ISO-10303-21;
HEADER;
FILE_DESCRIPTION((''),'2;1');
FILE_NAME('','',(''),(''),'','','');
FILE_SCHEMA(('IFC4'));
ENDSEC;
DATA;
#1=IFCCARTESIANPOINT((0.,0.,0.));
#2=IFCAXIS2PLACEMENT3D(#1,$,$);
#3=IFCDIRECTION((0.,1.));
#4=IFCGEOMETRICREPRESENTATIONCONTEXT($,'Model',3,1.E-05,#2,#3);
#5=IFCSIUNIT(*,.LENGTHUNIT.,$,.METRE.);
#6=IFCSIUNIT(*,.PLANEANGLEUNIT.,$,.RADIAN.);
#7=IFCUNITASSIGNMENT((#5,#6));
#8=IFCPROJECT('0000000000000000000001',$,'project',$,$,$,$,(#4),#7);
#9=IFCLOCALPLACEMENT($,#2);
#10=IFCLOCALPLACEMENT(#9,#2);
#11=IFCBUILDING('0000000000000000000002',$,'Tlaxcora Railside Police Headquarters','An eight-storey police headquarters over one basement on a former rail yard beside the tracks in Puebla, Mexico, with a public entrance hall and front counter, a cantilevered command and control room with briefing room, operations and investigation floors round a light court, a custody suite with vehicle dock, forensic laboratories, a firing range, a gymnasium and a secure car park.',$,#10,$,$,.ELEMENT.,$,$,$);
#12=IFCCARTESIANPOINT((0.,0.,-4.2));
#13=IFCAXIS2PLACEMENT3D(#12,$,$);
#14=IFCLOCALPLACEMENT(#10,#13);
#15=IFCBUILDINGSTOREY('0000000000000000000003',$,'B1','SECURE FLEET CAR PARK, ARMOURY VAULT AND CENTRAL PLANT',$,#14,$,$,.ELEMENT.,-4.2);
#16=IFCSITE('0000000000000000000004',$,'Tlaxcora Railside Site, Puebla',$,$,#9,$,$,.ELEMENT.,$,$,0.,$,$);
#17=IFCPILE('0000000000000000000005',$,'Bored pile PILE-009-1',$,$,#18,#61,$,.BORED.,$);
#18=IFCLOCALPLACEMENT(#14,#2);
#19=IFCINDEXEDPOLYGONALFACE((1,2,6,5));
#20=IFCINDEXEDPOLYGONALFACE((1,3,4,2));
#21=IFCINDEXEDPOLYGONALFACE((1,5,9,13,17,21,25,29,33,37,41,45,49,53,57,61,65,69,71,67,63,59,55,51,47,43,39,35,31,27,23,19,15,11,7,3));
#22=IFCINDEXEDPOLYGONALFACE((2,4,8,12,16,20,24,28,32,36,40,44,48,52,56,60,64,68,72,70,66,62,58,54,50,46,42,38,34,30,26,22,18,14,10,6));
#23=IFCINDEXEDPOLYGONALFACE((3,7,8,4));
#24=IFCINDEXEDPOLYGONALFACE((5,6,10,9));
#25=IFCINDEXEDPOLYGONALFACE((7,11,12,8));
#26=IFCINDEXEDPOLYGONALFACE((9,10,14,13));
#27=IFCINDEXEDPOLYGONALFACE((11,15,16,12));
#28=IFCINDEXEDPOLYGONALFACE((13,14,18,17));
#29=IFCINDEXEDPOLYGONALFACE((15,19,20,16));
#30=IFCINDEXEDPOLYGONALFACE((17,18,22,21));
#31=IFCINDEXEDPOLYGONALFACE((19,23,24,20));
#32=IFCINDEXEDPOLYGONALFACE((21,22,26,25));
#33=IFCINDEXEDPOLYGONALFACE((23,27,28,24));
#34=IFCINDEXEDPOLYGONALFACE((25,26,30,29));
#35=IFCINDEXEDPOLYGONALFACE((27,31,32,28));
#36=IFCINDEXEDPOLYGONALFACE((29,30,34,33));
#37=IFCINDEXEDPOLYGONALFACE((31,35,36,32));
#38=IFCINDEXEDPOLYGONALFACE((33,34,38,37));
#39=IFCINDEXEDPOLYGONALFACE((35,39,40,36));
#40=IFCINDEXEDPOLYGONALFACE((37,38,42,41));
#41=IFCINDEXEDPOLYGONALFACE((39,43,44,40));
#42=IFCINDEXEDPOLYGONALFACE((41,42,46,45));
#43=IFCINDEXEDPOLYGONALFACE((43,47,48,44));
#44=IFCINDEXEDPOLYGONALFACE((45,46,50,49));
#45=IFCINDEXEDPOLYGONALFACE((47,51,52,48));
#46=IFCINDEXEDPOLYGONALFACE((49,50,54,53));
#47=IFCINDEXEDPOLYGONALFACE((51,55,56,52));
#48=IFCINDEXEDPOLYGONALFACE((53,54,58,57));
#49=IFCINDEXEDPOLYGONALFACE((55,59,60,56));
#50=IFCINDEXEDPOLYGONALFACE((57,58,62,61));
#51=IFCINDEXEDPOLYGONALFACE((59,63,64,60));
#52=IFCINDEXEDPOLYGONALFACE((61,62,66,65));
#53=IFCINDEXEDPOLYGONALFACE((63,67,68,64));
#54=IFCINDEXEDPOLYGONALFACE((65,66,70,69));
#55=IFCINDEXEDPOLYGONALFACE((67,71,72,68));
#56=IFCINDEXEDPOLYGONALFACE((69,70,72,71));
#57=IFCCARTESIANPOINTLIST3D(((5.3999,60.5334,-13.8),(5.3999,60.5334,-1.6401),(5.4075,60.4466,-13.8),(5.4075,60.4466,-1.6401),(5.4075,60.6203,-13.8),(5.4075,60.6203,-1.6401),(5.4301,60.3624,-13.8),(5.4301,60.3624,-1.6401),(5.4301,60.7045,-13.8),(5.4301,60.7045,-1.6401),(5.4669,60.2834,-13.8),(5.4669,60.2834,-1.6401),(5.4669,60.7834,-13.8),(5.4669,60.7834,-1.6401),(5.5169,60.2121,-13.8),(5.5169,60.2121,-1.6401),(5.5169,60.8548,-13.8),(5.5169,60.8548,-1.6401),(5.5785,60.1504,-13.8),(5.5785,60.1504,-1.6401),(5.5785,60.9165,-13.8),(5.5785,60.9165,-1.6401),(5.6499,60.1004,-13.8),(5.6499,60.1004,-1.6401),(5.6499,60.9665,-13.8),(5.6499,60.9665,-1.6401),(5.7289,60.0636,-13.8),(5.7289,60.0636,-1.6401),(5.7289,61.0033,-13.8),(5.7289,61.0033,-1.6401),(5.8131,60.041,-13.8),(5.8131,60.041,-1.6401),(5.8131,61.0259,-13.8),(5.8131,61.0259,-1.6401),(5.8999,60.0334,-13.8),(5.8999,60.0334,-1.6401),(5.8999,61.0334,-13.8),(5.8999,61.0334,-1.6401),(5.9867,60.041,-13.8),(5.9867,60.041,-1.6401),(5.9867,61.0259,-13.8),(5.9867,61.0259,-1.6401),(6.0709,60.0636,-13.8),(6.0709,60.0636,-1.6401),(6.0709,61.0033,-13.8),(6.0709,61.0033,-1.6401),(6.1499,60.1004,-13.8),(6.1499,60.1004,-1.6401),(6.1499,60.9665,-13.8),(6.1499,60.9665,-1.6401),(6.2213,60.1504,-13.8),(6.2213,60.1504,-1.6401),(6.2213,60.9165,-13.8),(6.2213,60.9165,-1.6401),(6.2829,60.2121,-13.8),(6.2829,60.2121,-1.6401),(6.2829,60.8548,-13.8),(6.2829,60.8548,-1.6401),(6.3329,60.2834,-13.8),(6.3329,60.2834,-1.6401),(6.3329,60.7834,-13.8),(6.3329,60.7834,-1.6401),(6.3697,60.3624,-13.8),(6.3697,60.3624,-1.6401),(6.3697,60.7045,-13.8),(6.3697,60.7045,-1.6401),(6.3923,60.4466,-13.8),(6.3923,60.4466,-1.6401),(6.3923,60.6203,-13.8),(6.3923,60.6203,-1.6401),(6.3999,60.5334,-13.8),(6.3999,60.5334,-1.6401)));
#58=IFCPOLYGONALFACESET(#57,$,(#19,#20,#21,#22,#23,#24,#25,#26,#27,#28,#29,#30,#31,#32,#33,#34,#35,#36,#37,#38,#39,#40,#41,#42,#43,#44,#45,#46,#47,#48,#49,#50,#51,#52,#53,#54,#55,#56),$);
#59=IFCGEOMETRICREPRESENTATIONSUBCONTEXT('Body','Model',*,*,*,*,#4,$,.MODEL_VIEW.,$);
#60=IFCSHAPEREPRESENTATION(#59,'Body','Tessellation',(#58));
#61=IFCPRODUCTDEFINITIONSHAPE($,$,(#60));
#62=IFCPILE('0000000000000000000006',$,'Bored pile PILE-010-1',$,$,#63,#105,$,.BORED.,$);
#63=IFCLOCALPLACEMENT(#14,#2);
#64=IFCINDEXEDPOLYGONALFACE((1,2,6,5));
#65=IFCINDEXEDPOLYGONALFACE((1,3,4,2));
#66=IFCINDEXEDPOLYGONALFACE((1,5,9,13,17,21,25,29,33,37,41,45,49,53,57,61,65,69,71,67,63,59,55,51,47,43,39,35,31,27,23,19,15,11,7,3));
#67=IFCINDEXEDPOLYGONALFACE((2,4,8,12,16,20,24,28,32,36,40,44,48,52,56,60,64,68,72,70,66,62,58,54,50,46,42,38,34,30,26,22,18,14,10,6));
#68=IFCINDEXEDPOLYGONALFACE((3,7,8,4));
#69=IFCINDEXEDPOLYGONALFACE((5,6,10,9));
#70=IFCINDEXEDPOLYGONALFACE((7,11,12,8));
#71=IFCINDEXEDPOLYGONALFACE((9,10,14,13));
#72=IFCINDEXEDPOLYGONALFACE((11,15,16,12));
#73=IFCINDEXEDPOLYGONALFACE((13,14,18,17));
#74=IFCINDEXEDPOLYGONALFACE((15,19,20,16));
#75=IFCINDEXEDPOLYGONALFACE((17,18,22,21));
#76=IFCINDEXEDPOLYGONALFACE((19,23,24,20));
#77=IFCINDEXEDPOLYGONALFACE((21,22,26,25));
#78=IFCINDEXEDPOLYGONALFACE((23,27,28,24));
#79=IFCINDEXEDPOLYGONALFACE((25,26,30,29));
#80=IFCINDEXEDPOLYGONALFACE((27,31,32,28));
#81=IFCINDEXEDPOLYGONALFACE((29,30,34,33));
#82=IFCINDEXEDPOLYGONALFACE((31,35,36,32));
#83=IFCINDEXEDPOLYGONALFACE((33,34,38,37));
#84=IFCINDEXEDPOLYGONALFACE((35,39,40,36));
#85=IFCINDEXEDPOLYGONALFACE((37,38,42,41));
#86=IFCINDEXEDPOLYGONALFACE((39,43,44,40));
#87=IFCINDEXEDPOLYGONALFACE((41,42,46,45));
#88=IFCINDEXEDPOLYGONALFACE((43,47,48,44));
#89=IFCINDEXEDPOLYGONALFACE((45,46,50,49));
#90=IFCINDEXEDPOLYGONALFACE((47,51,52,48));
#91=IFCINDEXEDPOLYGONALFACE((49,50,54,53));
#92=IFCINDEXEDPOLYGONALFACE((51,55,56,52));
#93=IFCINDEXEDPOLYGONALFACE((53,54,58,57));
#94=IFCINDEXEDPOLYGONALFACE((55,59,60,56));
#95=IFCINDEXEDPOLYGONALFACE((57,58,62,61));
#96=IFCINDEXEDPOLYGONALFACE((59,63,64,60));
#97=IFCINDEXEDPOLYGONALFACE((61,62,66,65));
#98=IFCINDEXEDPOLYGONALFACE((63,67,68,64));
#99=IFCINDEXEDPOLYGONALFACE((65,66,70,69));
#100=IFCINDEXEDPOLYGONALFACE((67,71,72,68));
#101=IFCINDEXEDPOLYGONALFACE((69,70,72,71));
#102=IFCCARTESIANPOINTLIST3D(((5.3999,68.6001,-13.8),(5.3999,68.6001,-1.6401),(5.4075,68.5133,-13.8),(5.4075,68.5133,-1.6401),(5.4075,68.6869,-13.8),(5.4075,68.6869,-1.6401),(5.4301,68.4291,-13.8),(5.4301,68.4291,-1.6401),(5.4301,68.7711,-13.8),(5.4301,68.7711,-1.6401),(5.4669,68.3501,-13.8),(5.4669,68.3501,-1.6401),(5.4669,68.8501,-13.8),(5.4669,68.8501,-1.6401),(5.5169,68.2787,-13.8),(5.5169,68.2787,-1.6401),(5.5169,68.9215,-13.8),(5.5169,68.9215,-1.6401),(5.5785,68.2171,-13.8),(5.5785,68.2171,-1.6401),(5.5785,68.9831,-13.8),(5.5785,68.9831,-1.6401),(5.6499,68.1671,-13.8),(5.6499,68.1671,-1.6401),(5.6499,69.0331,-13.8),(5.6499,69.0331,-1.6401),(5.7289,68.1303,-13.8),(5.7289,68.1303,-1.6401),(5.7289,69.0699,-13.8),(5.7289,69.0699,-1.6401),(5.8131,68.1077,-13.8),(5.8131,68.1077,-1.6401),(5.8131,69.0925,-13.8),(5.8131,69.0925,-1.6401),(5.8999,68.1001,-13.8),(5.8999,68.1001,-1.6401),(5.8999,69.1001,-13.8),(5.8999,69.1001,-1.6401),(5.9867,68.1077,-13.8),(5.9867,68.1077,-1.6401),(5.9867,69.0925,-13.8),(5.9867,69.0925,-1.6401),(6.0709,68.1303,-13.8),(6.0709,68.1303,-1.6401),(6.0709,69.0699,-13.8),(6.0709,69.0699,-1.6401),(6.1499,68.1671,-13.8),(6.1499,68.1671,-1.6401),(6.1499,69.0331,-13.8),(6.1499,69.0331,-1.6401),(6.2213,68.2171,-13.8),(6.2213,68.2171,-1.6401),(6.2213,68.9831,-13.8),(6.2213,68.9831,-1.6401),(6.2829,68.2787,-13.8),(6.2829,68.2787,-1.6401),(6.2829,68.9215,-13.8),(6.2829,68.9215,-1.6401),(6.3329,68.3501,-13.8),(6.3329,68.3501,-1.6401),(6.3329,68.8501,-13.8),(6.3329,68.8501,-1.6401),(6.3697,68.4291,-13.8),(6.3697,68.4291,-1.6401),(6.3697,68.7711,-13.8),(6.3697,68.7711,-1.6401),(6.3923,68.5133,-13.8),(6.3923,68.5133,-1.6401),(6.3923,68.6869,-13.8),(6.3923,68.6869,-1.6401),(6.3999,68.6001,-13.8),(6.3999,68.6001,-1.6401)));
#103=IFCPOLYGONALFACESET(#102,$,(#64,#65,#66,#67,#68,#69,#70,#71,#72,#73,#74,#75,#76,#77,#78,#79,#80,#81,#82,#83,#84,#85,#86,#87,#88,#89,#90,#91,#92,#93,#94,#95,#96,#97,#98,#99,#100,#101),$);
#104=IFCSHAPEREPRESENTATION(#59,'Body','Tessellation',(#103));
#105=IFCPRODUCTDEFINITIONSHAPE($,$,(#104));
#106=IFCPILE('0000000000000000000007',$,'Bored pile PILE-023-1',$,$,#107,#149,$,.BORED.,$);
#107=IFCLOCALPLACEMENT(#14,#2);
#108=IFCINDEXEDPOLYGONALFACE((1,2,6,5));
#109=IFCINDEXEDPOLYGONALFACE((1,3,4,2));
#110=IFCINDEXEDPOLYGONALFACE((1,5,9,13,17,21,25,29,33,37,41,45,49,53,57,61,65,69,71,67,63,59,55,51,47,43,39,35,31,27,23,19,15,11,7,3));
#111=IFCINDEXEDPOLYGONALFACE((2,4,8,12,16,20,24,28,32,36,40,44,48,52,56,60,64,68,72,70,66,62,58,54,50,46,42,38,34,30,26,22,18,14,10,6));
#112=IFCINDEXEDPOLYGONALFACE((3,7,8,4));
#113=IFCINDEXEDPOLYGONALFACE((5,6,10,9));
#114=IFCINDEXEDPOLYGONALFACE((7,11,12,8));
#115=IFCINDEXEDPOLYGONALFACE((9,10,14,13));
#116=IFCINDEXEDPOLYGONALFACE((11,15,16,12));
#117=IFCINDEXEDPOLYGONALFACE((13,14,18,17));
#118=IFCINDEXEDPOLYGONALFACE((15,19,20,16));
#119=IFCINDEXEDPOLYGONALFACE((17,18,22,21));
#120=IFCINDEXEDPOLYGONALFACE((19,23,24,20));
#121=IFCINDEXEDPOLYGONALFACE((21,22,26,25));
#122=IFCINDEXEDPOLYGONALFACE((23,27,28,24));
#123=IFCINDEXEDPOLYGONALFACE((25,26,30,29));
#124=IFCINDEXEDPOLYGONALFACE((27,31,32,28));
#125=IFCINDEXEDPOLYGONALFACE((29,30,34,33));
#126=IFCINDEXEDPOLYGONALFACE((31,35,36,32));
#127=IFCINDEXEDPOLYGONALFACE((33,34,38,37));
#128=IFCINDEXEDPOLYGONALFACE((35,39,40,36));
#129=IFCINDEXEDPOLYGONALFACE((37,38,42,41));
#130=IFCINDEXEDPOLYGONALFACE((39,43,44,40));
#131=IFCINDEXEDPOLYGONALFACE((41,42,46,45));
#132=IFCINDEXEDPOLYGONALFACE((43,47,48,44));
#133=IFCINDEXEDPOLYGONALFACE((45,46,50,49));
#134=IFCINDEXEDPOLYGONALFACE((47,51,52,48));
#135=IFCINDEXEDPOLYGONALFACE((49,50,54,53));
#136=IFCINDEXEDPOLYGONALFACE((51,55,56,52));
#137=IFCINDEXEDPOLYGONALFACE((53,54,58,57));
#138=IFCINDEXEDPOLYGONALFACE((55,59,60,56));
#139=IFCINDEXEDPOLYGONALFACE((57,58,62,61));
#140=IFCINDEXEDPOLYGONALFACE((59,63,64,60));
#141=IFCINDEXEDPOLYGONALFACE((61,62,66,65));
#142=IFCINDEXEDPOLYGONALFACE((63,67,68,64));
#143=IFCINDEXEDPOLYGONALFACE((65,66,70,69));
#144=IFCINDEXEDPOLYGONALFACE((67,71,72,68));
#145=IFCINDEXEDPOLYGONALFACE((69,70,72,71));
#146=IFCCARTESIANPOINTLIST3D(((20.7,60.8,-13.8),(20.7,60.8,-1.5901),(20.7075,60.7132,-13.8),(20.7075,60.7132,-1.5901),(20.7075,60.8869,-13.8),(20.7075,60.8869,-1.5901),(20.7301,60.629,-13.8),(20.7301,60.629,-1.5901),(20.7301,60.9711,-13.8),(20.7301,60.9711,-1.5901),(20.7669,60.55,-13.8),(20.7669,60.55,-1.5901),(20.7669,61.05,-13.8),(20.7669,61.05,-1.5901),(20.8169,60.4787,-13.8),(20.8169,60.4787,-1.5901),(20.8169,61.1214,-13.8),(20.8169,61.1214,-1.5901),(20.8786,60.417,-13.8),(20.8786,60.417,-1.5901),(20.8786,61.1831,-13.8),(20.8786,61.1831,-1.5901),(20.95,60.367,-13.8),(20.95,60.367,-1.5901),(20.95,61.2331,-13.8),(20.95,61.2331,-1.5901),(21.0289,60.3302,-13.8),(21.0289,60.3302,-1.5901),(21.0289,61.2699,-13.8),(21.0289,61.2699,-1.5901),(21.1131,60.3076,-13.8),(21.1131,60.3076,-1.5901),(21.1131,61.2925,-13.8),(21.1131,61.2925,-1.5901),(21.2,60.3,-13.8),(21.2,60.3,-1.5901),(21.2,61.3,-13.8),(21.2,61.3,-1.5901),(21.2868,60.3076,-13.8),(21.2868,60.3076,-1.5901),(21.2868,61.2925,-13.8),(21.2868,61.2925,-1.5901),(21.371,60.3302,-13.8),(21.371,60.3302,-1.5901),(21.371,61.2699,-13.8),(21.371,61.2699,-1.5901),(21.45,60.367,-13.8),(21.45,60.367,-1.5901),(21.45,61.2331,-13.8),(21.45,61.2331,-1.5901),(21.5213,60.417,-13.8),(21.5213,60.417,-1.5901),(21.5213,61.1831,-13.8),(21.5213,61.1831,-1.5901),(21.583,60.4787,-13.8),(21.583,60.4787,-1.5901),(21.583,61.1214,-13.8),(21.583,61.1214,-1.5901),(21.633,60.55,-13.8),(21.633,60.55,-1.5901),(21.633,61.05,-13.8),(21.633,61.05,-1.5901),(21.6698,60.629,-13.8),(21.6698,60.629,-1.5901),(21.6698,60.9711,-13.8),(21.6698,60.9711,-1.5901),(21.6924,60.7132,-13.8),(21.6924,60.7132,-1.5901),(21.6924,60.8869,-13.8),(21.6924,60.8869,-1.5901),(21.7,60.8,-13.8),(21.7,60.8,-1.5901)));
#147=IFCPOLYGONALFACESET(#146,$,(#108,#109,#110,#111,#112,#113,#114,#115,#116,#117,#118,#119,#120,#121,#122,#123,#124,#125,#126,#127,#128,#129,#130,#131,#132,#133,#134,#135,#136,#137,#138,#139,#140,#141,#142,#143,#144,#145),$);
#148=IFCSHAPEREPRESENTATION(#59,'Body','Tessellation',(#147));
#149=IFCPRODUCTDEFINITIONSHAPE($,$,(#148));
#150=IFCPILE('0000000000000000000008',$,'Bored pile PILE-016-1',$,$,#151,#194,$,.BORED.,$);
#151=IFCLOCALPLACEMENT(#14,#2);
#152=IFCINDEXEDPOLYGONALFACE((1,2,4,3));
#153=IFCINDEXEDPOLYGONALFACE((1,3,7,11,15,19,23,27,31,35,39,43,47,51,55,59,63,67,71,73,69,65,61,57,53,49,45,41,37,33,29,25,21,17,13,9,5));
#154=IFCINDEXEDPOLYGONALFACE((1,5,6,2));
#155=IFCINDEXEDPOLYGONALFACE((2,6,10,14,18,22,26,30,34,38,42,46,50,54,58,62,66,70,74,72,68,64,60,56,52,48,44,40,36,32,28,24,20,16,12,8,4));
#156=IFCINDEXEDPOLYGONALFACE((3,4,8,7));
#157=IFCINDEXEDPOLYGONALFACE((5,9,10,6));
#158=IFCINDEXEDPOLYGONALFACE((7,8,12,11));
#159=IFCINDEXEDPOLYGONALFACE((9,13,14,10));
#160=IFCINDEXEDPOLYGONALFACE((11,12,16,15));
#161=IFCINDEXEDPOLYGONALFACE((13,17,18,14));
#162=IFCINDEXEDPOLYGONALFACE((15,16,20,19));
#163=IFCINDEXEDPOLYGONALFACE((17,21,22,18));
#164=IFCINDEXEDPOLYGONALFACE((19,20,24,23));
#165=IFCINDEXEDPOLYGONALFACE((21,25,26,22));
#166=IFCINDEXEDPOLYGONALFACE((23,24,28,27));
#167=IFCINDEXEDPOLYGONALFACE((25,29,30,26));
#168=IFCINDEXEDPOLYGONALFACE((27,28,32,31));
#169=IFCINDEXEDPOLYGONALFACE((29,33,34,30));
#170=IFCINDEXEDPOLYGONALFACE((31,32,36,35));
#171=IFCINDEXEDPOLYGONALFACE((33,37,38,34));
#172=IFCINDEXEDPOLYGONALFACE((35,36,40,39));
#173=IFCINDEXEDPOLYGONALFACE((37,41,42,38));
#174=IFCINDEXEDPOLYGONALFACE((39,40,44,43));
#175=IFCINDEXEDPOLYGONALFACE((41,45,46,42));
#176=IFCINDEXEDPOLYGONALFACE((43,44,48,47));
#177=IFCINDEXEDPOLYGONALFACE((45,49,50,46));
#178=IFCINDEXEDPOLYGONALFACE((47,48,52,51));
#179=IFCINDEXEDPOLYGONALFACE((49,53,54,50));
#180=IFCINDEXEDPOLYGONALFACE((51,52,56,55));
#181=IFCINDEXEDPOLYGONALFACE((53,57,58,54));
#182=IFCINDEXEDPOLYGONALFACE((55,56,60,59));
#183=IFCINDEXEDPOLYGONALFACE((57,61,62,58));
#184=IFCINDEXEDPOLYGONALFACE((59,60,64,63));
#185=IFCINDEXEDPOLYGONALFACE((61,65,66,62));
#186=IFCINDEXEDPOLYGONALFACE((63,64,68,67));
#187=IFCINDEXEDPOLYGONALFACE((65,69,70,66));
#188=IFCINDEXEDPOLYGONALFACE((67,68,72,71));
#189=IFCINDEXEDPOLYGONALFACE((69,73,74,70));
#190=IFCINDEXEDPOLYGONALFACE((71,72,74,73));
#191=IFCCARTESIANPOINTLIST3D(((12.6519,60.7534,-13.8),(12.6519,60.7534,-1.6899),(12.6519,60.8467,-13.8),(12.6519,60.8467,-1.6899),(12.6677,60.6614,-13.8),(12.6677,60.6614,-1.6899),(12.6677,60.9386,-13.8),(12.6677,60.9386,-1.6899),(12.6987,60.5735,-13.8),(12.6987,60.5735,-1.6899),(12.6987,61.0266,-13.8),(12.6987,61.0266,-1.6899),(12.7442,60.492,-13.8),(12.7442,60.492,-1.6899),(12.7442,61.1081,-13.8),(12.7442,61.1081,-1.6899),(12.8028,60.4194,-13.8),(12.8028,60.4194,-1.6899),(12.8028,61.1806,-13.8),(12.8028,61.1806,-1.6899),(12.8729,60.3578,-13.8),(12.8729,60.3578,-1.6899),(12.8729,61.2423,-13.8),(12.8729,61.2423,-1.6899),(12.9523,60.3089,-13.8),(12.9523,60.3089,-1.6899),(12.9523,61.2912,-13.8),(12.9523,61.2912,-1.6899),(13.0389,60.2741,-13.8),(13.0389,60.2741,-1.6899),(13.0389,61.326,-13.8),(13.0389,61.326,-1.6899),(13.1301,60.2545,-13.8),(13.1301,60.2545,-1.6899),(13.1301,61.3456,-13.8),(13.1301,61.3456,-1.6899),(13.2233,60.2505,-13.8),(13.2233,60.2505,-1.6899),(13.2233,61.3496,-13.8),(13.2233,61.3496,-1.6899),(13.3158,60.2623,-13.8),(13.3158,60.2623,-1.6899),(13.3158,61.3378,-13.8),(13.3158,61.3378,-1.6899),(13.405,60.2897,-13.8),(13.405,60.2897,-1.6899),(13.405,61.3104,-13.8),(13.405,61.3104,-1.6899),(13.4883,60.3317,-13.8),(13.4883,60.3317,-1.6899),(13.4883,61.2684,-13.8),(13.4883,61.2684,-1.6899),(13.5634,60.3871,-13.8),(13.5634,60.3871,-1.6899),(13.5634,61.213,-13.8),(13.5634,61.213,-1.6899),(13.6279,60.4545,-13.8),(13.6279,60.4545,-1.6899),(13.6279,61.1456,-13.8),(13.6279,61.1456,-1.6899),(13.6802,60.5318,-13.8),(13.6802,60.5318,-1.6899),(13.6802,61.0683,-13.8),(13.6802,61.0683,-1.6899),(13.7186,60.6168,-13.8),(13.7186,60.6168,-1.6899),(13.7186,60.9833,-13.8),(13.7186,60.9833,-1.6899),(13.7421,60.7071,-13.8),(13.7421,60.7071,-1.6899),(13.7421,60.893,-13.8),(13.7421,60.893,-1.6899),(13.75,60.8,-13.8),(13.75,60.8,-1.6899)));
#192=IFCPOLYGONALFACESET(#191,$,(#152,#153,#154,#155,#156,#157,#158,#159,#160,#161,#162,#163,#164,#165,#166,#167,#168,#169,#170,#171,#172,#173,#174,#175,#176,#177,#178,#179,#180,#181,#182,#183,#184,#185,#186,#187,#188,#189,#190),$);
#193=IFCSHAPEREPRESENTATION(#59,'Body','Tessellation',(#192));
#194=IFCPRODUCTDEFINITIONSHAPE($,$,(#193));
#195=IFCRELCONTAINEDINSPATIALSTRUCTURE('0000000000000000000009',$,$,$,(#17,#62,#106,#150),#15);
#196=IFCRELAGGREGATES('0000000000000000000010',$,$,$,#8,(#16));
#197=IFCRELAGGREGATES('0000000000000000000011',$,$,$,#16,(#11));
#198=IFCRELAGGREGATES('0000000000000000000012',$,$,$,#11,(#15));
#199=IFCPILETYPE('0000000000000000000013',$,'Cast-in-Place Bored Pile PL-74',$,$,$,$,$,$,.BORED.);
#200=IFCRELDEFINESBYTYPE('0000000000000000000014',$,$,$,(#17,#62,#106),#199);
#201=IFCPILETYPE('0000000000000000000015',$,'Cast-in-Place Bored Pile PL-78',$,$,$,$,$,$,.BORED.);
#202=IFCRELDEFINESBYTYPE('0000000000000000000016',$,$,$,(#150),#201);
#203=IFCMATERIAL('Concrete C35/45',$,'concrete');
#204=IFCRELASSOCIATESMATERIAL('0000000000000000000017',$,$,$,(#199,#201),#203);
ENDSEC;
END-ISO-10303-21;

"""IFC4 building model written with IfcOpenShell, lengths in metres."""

from ifc_helpers import new_model, si_unit, direction, frame, origin, origin_2d, place, context, subcontext, project, spatial, circle, extrude, material, material_profile, profile_set, type_object, element, save


model = new_model("IFC4")

# Units and contexts
model_context = context("Model", 3, precision=1e-05, world=origin(), true_north=direction((0.0, 1.0)))
body_context = subcontext(model_context, "Body", "Model", "MODEL_VIEW")
ifc_project = project(units=[si_unit("LENGTHUNIT", "METRE"), si_unit("PLANEANGLEUNIT", "RADIAN")], contexts=[model_context])

# Site, building, storey
site_placement = place(None, origin())
site = spatial("IfcSite", under=ifc_project, at=site_placement, Name="Tlaxcora Railside Site, Puebla", CompositionType="ELEMENT", RefElevation=0.0)
building_placement = place(site_placement, origin())
building = spatial("IfcBuilding", under=site, at=building_placement, Name="Tlaxcora Railside Police Headquarters", Description="An eight-storey police headquarters over one basement on a former rail yard beside the tracks in Puebla, Mexico, with a public entrance hall and front counter, a cantilevered command and control room with briefing room, operations and investigation floors round a light court, a custody suite with vehicle dock, forensic laboratories, a firing range, a gymnasium and a secure car park.", CompositionType="ELEMENT")
storey_placement = place(building_placement, frame((0.0, 0.0, -4.2)))
storey = spatial("IfcBuildingStorey", under=building, at=storey_placement, Name="B1", Description="SECURE FLEET CAR PARK, ARMOURY VAULT AND CENTRAL PLANT", CompositionType="ELEMENT", Elevation=-4.2)

# Piles
ifc_material_1 = material(Name="Concrete C35/45", Category="concrete")
ifc_material_profile_1 = material_profile(ifc_material_1, circle(Radius=0.5, at=origin_2d()), Name="PILE1000")
ifc_profile_set_1 = profile_set([ifc_material_profile_1], Name="Concrete C35/45")
pile_type_1 = type_object("IfcPileType", Name="Cast-in-Place Bored Pile PL-74", PredefinedType="BORED", material=ifc_profile_set_1)
for number, where, z_axis, x_axis, name in (
    (1, (5.8999, 60.5334, -1.6401), (0.0, 0.0, -1.0), (1.0, 0.0, 0.0), "Bored pile PILE-009-1"),
    (2, (5.8999, 68.6001, -1.6401), (0.0, 0.0, -1.0), (1.0, 0.0, 0.0), "Bored pile PILE-010-1"),
):
    element("IfcPile", number, at=place(storey_placement, frame(where, z_axis=z_axis, x_axis=x_axis)), inside=storey, type_object=pile_type_1, Name=name, PredefinedType="BORED", context=body_context, shape_type="SweptSolid", body=[
        extrude(circle(Radius=0.5, at=origin_2d()), origin(), (0.0, 0.0, 1.0), 12.1599),
    ])
pile_1_placement = place(storey_placement, frame((21.2, 60.8, -1.5901), z_axis=(0.0, 0.0, -1.0), x_axis=(1.0, 0.0, 0.0)))
element("IfcPile", 3, at=pile_1_placement, inside=storey, type_object=pile_type_1, Name="Bored pile PILE-023-1", PredefinedType="BORED", context=body_context, shape_type="SweptSolid", body=[
    extrude(circle(Radius=0.5, at=origin_2d()), origin(), (0.0, 0.0, 1.0), 12.21),
])
ifc_material_profile_2 = material_profile(ifc_material_1, circle(Radius=0.55, at=origin_2d()), Name="PILE1100")
ifc_profile_set_2 = profile_set([ifc_material_profile_2], Name="Concrete C35/45")
pile_type_2 = type_object("IfcPileType", Name="Cast-in-Place Bored Pile PL-78", PredefinedType="BORED", material=ifc_profile_set_2)
pile_2_placement = place(storey_placement, frame((13.2, 60.8, -1.6899), z_axis=(0.0, 0.0, -1.0), x_axis=(1.0, 0.0, 0.0)))
element("IfcPile", 4, at=pile_2_placement, inside=storey, type_object=pile_type_2, Name="Bored pile PILE-016-1", PredefinedType="BORED", context=body_context, shape_type="SweptSolid", body=[
    extrude(circle(Radius=0.55, at=origin_2d()), origin(), (0.0, 0.0, 1.0), 12.1101),
])

save(model, "model.ifc")
